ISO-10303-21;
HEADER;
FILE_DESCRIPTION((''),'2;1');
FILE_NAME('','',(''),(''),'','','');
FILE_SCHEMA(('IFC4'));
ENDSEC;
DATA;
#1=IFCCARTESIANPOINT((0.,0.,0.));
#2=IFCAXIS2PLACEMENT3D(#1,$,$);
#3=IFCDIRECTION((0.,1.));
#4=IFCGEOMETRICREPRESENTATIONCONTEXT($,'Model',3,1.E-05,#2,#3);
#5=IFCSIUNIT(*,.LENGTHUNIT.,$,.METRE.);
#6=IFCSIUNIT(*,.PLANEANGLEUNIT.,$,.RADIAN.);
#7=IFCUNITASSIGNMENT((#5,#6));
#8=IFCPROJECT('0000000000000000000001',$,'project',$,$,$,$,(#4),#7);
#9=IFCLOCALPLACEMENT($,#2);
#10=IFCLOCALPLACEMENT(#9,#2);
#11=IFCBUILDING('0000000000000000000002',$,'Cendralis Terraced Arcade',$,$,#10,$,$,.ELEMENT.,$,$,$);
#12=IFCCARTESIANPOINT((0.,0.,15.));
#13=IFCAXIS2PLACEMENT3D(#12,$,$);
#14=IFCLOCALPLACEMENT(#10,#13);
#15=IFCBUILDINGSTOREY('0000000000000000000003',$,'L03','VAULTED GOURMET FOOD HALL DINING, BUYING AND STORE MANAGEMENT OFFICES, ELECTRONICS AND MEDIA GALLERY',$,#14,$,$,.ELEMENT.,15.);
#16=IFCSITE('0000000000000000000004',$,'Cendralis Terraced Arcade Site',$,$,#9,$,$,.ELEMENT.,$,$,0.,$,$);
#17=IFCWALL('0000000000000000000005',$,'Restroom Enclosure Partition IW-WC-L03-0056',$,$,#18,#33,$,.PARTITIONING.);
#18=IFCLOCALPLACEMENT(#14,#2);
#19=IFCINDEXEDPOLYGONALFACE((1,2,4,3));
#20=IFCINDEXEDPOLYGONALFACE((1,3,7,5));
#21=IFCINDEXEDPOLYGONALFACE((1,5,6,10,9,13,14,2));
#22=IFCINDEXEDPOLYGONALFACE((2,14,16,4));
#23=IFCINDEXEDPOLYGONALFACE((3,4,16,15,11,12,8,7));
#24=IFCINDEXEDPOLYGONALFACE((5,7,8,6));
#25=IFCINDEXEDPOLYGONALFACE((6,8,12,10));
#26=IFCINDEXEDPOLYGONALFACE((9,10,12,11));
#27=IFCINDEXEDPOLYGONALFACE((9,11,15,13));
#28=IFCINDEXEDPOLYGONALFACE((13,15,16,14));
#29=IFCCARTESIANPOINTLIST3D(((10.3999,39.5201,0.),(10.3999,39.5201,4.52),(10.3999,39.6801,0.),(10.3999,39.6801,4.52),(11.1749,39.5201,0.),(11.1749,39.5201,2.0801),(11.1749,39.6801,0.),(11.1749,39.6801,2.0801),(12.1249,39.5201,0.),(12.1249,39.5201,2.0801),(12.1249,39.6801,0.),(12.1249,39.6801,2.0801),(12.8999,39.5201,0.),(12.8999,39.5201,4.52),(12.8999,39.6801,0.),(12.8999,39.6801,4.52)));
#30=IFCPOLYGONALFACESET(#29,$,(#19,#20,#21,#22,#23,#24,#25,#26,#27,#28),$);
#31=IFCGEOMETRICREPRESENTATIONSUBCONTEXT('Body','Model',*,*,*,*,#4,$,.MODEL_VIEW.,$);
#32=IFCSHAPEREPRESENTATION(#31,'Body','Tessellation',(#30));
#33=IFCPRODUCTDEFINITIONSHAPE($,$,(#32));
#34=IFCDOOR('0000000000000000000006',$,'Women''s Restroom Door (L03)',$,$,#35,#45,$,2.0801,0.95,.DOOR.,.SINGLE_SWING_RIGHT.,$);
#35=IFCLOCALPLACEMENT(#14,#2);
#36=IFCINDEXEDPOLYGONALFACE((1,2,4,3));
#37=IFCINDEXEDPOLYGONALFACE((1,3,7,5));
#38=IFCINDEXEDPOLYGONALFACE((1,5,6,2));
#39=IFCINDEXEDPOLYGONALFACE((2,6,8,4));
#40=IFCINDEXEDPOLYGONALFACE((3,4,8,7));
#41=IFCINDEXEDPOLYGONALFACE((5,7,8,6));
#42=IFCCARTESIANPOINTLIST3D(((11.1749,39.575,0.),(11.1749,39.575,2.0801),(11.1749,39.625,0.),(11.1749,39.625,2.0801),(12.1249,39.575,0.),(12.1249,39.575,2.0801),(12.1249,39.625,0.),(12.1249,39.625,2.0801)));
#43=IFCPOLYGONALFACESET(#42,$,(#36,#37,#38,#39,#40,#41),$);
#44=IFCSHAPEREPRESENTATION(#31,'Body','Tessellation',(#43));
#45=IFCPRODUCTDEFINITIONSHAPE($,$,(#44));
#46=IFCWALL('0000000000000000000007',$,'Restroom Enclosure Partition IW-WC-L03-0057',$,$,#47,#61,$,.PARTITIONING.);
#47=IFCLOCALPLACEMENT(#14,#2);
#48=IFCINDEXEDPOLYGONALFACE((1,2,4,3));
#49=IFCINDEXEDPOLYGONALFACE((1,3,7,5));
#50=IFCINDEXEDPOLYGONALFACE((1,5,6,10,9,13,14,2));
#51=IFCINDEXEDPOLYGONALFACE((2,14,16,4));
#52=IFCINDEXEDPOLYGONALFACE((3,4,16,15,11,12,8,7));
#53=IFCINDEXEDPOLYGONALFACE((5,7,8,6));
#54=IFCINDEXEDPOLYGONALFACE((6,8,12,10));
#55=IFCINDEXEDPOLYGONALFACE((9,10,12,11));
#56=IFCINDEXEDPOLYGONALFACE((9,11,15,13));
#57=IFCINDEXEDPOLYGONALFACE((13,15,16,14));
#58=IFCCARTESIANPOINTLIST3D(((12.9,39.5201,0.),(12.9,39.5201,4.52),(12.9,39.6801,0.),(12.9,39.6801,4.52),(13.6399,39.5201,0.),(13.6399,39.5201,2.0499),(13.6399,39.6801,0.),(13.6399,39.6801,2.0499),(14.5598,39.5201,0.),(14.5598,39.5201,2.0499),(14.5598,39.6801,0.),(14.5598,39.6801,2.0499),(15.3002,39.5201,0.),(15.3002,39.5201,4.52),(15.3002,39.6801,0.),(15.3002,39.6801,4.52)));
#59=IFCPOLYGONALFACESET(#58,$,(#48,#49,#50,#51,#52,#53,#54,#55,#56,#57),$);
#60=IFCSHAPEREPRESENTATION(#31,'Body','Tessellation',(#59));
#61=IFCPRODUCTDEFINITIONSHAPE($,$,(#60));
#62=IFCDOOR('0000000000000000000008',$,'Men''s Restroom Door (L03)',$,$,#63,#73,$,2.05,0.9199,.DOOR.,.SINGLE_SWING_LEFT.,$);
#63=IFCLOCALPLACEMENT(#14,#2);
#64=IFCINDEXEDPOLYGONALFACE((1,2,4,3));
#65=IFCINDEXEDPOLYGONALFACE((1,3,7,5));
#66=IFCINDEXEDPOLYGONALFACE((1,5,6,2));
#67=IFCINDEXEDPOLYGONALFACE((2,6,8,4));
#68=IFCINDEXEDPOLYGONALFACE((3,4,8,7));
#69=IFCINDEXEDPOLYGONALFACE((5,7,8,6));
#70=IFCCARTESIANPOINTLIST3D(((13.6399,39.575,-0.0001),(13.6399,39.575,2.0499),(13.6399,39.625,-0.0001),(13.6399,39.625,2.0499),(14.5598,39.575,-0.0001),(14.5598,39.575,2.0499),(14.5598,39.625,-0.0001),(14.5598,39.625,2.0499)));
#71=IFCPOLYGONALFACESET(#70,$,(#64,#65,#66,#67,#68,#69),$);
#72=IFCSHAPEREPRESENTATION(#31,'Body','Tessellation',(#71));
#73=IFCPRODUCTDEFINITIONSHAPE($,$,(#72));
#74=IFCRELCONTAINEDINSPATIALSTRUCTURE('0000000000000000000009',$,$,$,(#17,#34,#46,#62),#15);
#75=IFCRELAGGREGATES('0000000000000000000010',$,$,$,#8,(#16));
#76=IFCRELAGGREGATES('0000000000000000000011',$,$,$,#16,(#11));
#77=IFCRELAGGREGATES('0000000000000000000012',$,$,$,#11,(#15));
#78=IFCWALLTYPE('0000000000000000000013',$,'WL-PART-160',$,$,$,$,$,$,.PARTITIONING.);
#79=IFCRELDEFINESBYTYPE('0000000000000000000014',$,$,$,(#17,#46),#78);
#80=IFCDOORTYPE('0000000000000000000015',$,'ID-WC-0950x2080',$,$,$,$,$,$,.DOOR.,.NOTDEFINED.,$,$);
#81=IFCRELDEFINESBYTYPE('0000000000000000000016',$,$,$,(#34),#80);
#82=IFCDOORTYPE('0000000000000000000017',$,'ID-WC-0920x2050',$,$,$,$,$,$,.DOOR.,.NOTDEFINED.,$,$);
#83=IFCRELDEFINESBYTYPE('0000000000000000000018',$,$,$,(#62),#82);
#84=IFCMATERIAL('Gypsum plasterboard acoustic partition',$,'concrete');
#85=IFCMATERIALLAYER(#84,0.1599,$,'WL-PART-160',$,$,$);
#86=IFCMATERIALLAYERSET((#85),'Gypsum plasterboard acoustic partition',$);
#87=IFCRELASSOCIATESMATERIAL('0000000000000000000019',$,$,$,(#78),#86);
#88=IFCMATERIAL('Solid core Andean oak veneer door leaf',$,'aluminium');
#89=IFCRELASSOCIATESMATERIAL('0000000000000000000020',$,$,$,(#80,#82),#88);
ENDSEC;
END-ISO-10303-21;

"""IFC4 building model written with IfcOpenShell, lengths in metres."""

from ifc_helpers import new_model, si_unit, direction, frame, frame_2d, origin, place, context, subcontext, project, spatial, rectangle, extrude, material, layer, layer_set, type_object, element, fill, save


model = new_model("IFC4")

# Units and contexts
model_context = context("Model", 3, precision=1e-05, world=origin(), true_north=direction((0.0, 1.0)))
body_context = subcontext(model_context, "Body", "Model", "MODEL_VIEW")
ifc_project = project(units=[si_unit("LENGTHUNIT", "METRE"), si_unit("PLANEANGLEUNIT", "RADIAN")], contexts=[model_context])

# Site, building, storey
site_placement = place(None, origin())
site = spatial("IfcSite", under=ifc_project, at=site_placement, Name="Cendralis Terraced Arcade Site", CompositionType="ELEMENT", RefElevation=0.0)
building_placement = place(site_placement, origin())
building = spatial("IfcBuilding", under=site, at=building_placement, Name="Cendralis Terraced Arcade", CompositionType="ELEMENT")
storey_placement = place(building_placement, frame((0.0, 0.0, 15.0)))
storey = spatial("IfcBuildingStorey", under=building, at=storey_placement, Name="L03", Description="VAULTED GOURMET FOOD HALL DINING, BUYING AND STORE MANAGEMENT OFFICES, ELECTRONICS AND MEDIA GALLERY", CompositionType="ELEMENT", Elevation=15.0)

# Shared definitions
ifc_material_1 = material(Name="Gypsum plasterboard acoustic partition", Category="concrete")

# Walls, openings, doors
ifc_layer_1 = layer(ifc_material_1, 0.1599, Name="WL-PART-160")
ifc_layer_set_1 = layer_set([ifc_layer_1], Name="Gypsum plasterboard acoustic partition")
wall_type_1 = type_object("IfcWallType", Name="WL-PART-160", PredefinedType="PARTITIONING", material=ifc_layer_set_1)
wall_1_placement = place(storey_placement, frame((10.3999, 39.6001, 0.0), z_axis=(0.0, 0.0, 1.0), x_axis=(1.0, 0.0, 0.0)))
wall_1 = element("IfcWall", 1, at=wall_1_placement, inside=storey, type_object=wall_type_1, Name="Restroom Enclosure Partition IW-WC-L03-0056", PredefinedType="PARTITIONING", context=body_context, shape_type="SweptSolid", body=[
    extrude(rectangle(XDim=2.5, YDim=0.1599, at=frame_2d((1.25, 0.0))), origin(), (0.0, 0.0, 1.0), 4.52),
])
opening_1_placement = place(wall_1_placement, frame((0.7749, 0.0, 0.0)))
opening_1 = element("IfcOpeningElement", 2, at=opening_1_placement, cuts=wall_1, PredefinedType="OPENING", context=body_context, shape_type="SweptSolid", body=[
    extrude(rectangle(XDim=0.95, YDim=2.0801, at=frame_2d((0.4751, 1.04))), frame((0.0, 0.0918, 0.0), z_axis=(0.0, -1.0, 0.0), x_axis=(1.0, 0.0, 0.0)), (0.0, 0.0, 1.0), 0.1838),
])
ifc_material_2 = material(Name="Solid core Andean oak veneer door leaf", Category="aluminium")
door_type_1 = type_object("IfcDoorType", Name="ID-WC-0950x2080", OperationType="NOTDEFINED", PredefinedType="DOOR", material=ifc_material_2)
door_1_placement = place(opening_1_placement, origin())
door_1 = element("IfcDoor", 3, at=door_1_placement, inside=storey, type_object=door_type_1, Name="Women's Restroom Door (L03)", OperationType="SINGLE_SWING_RIGHT", OverallHeight=2.0801, OverallWidth=0.95, PredefinedType="DOOR", context=body_context, shape_type="SweptSolid", body=[
    extrude(rectangle(XDim=0.95, YDim=2.0801, at=frame_2d((0.4751, 1.04))), frame((0.0, 0.0249, 0.0), z_axis=(0.0, -1.0, 0.0), x_axis=(1.0, 0.0, 0.0)), (0.0, 0.0, 1.0), 0.05),
])
fill(opening_1, door_1)
wall_2_placement = place(storey_placement, frame((12.8999, 39.6001, 0.0), z_axis=(0.0, 0.0, 1.0), x_axis=(1.0, 0.0, 0.0)))
wall_2 = element("IfcWall", 4, at=wall_2_placement, inside=storey, type_object=wall_type_1, Name="Restroom Enclosure Partition IW-WC-L03-0057", PredefinedType="PARTITIONING", context=body_context, shape_type="SweptSolid", body=[
    extrude(rectangle(XDim=2.4001, YDim=0.1599, at=frame_2d((1.2002, 0.0))), origin(), (0.0, 0.0, 1.0), 4.52),
])
opening_2_placement = place(wall_2_placement, frame((0.74, 0.0, 0.0)))
opening_2 = element("IfcOpeningElement", 5, at=opening_2_placement, cuts=wall_2, PredefinedType="OPENING", context=body_context, shape_type="SweptSolid", body=[
    extrude(rectangle(XDim=0.9199, YDim=2.05, at=frame_2d((0.46, 1.0249))), frame((0.0, 0.0918, 0.0), z_axis=(0.0, -1.0, 0.0), x_axis=(1.0, 0.0, 0.0)), (0.0, 0.0, 1.0), 0.1838),
])
door_type_2 = type_object("IfcDoorType", Name="ID-WC-0920x2050", OperationType="NOTDEFINED", PredefinedType="DOOR", material=ifc_material_2)
door_2_placement = place(opening_2_placement, origin())
door_2 = element("IfcDoor", 6, at=door_2_placement, inside=storey, type_object=door_type_2, Name="Men's Restroom Door (L03)", OperationType="SINGLE_SWING_LEFT", OverallHeight=2.05, OverallWidth=0.9199, PredefinedType="DOOR", context=body_context, shape_type="SweptSolid", body=[
    extrude(rectangle(XDim=0.9199, YDim=2.05, at=frame_2d((0.46, 1.0249))), frame((0.0, 0.0249, 0.0), z_axis=(0.0, -1.0, 0.0), x_axis=(1.0, 0.0, 0.0)), (0.0, 0.0, 1.0), 0.05),
])
fill(opening_2, door_2)

save(model, "model.ifc")
